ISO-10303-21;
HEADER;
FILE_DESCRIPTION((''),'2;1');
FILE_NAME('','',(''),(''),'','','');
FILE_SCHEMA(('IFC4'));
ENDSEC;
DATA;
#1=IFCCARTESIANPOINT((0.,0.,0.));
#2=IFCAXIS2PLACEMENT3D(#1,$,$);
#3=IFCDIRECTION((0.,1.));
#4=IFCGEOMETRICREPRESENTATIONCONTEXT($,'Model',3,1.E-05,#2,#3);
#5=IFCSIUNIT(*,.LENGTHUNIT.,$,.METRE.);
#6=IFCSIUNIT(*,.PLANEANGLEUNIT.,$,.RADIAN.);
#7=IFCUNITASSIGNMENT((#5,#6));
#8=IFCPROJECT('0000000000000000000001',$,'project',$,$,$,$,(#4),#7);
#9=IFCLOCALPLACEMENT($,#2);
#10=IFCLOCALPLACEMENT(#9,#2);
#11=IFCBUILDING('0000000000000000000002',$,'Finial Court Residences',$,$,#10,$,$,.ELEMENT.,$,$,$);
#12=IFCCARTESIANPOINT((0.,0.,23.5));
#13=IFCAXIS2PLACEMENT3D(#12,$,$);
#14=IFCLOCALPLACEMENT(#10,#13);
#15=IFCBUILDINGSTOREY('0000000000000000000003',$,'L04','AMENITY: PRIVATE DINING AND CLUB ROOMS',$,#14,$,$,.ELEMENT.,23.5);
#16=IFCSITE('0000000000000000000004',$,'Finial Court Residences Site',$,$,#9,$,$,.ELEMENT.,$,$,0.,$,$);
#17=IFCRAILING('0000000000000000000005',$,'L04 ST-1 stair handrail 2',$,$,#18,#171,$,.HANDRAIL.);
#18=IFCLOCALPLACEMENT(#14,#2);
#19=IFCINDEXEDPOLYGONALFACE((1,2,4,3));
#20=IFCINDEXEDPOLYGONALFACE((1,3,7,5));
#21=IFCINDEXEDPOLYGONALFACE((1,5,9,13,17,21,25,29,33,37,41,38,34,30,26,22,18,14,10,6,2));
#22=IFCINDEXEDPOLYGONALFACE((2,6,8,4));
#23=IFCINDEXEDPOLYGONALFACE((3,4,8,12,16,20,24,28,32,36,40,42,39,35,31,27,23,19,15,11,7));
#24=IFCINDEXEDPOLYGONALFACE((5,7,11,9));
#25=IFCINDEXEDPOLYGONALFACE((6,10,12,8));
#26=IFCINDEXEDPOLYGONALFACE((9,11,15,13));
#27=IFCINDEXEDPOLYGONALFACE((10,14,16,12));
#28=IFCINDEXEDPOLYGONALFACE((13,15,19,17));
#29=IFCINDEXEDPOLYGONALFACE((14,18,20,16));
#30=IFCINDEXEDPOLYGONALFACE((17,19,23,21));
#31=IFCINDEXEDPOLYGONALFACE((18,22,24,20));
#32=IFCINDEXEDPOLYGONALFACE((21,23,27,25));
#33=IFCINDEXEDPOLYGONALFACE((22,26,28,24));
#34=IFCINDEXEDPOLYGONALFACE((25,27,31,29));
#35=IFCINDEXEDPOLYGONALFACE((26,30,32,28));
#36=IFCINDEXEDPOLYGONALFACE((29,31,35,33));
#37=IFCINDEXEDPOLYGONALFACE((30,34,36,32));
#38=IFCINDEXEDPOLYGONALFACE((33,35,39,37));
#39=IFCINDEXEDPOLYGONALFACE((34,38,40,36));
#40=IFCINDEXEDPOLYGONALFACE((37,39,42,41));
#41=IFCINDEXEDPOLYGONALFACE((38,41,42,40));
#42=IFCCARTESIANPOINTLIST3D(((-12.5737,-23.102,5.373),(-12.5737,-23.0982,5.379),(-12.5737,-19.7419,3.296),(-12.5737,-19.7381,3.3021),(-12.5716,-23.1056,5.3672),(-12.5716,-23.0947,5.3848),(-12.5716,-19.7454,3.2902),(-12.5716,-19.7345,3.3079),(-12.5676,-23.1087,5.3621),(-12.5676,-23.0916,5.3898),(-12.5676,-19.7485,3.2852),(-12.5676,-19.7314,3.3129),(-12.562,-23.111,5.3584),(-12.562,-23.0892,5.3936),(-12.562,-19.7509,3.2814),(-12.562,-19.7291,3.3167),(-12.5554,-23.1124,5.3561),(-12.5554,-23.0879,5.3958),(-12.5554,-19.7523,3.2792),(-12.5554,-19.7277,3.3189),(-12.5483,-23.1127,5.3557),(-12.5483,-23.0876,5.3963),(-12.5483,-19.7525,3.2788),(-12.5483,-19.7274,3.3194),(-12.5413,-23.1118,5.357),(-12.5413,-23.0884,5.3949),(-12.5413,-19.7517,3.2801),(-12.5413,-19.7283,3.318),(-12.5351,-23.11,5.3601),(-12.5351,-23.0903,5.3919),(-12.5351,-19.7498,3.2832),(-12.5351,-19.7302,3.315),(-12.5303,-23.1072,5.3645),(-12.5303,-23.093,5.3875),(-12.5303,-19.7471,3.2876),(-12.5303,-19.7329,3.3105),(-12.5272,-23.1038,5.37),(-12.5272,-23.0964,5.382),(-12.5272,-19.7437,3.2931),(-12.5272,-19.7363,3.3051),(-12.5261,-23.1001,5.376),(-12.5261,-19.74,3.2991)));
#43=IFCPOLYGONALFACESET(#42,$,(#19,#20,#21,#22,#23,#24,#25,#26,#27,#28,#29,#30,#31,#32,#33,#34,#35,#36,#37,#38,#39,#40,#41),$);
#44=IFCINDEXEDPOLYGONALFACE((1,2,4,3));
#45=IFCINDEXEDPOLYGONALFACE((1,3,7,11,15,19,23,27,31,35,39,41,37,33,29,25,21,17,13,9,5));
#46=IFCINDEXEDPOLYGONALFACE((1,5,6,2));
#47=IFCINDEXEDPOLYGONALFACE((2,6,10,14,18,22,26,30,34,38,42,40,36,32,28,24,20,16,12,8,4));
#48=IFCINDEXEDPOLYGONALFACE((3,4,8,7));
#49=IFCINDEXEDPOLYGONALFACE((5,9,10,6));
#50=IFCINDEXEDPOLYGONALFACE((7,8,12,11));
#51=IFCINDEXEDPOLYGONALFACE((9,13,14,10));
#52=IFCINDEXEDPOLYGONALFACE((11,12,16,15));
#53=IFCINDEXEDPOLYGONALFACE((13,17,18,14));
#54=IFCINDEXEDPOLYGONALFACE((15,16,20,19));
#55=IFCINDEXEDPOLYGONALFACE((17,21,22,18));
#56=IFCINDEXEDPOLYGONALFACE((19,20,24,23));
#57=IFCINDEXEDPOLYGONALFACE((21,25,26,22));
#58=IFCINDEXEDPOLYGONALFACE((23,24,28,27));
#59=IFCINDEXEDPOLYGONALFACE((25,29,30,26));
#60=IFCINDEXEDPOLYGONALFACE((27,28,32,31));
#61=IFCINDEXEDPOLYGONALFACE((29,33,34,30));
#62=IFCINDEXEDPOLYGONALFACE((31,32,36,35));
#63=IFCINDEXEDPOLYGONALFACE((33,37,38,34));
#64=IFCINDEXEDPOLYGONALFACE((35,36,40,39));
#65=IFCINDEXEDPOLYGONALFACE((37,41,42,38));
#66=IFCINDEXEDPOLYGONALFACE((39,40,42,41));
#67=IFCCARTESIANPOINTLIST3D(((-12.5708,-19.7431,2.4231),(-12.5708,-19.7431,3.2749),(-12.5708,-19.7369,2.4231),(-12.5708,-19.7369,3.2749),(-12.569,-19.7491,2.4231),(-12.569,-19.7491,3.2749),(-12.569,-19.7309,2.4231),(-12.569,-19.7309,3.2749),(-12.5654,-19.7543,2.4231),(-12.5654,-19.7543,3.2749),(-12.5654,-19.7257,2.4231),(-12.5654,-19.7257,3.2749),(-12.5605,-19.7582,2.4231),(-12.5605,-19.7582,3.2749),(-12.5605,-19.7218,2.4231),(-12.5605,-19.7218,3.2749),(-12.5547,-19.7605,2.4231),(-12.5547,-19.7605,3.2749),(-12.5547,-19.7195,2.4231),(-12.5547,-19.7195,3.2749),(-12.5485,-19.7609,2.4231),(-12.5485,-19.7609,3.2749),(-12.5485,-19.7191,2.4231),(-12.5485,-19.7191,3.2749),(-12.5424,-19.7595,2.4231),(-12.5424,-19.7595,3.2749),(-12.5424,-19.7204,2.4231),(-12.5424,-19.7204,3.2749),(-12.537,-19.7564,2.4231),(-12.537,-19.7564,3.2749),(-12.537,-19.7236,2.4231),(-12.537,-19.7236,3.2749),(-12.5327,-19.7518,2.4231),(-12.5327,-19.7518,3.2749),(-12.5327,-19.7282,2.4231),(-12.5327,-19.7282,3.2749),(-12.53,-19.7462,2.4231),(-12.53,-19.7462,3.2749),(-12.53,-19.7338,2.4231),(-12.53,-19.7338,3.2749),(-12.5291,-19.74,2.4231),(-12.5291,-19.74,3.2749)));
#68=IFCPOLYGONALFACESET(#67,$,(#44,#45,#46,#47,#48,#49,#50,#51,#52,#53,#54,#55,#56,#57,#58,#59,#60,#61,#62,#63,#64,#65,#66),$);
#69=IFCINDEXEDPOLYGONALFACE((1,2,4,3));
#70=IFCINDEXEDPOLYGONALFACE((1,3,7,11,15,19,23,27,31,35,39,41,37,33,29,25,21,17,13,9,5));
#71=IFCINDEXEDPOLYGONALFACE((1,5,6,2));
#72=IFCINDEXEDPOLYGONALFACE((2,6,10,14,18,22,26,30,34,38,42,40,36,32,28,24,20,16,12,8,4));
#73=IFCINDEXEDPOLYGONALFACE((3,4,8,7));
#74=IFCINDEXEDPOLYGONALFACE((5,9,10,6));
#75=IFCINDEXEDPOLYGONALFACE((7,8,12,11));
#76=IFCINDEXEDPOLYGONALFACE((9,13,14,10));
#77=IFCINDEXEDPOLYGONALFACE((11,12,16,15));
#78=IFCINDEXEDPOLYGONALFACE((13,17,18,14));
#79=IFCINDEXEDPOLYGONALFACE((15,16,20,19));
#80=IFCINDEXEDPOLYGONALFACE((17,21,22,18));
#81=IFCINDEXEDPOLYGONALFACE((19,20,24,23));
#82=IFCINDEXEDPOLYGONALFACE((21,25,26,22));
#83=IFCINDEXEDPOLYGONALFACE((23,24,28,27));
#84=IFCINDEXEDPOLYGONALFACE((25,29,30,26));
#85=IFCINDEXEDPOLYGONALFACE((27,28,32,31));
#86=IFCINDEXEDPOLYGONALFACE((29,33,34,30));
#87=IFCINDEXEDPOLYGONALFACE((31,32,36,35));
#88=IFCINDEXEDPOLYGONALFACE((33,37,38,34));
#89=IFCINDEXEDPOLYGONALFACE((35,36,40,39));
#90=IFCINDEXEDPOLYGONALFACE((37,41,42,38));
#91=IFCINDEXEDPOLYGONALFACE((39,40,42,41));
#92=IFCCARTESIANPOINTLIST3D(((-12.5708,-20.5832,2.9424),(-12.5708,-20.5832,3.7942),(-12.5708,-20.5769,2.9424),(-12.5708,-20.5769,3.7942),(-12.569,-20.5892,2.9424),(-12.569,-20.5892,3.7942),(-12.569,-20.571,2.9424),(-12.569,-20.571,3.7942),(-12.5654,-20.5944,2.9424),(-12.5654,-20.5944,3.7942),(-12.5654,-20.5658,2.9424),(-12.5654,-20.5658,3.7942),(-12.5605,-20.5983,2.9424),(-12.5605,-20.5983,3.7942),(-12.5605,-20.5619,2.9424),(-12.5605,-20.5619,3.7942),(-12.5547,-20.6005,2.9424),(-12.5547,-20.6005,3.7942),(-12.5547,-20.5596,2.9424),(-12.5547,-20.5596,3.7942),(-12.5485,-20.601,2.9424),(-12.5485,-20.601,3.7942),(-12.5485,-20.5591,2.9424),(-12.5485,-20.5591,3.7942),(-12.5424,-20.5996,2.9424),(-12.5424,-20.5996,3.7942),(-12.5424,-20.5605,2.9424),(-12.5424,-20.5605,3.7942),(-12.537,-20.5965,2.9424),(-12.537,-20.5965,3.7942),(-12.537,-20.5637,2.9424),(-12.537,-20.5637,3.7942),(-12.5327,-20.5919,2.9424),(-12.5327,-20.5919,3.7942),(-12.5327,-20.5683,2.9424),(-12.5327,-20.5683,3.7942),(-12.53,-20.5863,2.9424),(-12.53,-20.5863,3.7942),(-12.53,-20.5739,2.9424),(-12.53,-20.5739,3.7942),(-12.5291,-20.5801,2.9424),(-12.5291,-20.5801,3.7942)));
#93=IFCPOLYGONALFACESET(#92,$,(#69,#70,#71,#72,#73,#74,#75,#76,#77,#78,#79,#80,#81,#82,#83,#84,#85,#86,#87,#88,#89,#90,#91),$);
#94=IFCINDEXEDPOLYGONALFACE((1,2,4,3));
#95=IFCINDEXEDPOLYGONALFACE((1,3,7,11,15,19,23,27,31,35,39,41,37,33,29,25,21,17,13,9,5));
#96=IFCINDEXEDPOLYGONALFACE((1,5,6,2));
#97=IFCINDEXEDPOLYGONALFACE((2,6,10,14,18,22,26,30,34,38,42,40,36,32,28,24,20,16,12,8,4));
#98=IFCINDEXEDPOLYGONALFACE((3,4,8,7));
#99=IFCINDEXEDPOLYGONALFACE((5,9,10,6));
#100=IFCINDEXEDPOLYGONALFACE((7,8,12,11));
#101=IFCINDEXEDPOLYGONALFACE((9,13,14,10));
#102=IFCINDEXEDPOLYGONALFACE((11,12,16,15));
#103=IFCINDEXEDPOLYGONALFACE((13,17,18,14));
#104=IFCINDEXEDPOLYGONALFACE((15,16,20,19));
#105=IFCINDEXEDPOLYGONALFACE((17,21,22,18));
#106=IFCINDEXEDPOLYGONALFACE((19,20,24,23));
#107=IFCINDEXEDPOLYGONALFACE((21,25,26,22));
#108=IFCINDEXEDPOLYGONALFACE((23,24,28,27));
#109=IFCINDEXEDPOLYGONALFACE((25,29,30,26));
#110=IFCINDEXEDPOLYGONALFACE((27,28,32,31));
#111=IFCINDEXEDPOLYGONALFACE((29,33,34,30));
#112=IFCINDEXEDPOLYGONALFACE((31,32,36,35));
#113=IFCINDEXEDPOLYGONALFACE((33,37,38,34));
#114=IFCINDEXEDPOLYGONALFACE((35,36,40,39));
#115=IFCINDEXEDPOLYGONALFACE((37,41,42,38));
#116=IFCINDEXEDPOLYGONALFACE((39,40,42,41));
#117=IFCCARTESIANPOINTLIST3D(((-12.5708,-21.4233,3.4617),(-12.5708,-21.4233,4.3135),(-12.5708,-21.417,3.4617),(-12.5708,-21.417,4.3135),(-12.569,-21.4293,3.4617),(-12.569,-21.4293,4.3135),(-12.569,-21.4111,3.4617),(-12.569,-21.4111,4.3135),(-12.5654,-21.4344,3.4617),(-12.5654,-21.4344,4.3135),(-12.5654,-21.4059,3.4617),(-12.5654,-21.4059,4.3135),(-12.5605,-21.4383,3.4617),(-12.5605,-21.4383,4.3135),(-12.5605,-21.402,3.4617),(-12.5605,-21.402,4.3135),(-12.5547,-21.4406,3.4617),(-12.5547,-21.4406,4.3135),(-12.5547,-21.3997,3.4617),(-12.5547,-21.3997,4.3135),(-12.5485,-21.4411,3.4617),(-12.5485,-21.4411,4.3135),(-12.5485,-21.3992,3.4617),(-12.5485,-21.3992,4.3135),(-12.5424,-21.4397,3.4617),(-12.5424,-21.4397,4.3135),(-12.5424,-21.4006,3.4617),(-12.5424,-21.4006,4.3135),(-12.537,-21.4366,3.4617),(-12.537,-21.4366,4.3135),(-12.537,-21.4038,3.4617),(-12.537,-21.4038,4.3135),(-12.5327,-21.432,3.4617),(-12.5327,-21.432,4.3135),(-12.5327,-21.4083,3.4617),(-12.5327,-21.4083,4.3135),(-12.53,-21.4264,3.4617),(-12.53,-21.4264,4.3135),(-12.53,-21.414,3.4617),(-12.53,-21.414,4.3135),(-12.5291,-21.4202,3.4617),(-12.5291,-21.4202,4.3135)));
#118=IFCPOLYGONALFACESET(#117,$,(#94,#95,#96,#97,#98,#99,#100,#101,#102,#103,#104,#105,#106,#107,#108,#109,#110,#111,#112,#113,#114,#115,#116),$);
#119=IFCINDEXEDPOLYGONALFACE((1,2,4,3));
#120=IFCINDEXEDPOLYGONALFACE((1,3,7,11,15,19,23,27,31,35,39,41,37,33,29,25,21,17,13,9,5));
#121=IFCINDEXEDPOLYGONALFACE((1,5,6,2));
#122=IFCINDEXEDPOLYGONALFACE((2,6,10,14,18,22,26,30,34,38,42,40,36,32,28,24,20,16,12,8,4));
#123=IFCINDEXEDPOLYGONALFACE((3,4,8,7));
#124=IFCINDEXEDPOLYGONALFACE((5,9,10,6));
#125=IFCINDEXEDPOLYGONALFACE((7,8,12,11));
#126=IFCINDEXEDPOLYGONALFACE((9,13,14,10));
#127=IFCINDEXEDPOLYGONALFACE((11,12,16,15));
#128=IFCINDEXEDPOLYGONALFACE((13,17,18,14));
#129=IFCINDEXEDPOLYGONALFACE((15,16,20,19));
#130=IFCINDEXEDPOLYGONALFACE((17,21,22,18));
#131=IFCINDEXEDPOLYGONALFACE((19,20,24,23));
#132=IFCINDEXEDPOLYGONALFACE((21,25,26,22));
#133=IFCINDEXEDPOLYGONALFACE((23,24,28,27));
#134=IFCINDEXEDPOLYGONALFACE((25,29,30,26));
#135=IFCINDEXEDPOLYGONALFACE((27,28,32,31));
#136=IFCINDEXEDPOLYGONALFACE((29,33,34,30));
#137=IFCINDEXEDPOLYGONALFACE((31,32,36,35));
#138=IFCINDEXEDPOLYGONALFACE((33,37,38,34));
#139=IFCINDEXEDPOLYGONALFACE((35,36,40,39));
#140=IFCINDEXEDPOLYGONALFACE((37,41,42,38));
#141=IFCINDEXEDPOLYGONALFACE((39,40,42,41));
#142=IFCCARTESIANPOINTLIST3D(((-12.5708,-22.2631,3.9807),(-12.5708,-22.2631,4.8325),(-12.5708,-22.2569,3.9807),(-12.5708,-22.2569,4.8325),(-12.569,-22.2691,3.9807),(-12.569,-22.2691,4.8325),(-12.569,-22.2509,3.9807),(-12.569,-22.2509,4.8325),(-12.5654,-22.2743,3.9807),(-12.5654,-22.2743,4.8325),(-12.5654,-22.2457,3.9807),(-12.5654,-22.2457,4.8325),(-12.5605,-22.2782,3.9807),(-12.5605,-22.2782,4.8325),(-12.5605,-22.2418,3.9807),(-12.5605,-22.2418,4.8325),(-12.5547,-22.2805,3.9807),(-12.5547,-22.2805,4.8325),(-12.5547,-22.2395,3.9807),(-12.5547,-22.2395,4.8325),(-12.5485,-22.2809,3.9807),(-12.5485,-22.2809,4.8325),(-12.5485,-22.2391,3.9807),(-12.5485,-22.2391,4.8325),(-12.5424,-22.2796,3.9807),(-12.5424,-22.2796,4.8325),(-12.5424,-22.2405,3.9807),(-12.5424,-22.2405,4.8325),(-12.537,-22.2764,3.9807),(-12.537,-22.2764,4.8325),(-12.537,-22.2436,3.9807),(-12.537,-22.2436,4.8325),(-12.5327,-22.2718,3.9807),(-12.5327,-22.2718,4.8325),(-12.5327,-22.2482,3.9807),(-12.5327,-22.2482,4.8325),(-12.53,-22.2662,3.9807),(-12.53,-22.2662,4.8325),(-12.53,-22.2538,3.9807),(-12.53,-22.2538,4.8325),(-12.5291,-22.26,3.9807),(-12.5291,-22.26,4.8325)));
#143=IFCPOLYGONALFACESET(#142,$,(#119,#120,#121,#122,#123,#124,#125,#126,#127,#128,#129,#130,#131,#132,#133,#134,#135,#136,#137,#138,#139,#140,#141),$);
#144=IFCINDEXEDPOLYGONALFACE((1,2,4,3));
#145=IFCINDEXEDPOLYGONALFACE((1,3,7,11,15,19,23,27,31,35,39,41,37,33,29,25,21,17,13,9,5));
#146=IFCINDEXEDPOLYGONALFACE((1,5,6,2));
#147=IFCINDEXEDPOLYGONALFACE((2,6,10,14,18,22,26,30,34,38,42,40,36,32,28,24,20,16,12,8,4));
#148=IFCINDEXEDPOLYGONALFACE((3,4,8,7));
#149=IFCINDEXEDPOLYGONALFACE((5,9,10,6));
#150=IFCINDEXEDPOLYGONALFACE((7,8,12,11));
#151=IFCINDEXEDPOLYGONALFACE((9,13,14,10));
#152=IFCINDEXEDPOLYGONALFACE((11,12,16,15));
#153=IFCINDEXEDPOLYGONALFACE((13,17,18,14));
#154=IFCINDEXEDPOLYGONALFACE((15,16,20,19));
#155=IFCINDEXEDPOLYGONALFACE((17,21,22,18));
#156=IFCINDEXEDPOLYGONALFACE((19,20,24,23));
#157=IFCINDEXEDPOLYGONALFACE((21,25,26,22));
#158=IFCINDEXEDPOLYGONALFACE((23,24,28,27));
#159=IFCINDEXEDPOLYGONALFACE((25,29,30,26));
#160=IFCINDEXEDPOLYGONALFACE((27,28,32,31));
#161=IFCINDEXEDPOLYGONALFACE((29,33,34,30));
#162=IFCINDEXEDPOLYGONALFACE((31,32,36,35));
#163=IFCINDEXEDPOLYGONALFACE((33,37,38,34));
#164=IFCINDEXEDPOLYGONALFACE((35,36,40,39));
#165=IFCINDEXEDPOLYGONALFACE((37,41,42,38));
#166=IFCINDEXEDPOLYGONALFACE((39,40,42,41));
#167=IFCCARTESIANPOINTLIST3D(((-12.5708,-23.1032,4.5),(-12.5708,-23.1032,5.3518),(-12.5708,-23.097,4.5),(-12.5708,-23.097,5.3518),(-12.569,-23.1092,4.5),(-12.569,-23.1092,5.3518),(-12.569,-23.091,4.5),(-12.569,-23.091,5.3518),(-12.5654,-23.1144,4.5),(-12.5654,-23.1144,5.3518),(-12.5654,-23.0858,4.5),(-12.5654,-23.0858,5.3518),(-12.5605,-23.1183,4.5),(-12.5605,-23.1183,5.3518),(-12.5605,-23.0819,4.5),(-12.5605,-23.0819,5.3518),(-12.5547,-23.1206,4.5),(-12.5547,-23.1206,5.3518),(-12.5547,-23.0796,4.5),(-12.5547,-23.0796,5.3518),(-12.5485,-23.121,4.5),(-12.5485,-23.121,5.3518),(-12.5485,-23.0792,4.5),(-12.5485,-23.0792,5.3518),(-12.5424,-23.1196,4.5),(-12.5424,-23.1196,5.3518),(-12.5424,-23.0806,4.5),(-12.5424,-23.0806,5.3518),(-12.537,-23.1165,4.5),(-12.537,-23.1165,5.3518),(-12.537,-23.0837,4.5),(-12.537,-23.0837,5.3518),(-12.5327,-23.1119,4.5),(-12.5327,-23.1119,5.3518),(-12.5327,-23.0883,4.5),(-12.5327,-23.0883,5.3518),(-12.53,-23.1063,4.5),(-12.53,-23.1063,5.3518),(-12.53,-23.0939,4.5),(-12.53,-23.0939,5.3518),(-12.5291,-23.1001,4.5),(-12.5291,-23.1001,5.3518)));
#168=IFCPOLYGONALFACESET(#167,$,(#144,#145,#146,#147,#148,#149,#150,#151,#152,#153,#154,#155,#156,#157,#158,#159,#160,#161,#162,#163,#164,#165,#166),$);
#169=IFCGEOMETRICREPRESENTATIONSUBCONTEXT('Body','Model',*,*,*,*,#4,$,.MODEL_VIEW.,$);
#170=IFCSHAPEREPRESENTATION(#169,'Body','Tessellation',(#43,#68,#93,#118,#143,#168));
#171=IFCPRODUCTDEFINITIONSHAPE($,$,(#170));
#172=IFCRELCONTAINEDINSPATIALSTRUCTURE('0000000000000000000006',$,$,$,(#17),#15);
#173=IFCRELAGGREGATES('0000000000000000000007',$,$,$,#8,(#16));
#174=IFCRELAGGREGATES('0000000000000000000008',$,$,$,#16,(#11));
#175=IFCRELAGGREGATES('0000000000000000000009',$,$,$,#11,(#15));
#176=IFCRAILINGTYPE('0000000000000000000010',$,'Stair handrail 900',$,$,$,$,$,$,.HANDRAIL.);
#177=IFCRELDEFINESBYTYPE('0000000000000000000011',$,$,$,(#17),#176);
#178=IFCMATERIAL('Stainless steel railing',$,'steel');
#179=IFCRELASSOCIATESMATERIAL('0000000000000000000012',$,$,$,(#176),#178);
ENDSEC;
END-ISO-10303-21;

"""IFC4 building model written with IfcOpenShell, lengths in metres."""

from ifc_helpers import new_model, si_unit, direction, frame, origin, origin_2d, place, context, subcontext, project, spatial, circle, extrude, material, type_object, element, save


model = new_model("IFC4")

# Units and contexts
model_context = context("Model", 3, precision=1e-05, world=origin(), true_north=direction((0.0, 1.0)))
body_context = subcontext(model_context, "Body", "Model", "MODEL_VIEW")
ifc_project = project(units=[si_unit("LENGTHUNIT", "METRE"), si_unit("PLANEANGLEUNIT", "RADIAN")], contexts=[model_context])

# Site, building, storey
site_placement = place(None, origin())
site = spatial("IfcSite", under=ifc_project, at=site_placement, Name="Finial Court Residences Site", CompositionType="ELEMENT", RefElevation=0.0)
building_placement = place(site_placement, origin())
building = spatial("IfcBuilding", under=site, at=building_placement, Name="Finial Court Residences", CompositionType="ELEMENT")
storey_placement = place(building_placement, frame((0.0, 0.0, 23.5)))
storey = spatial("IfcBuildingStorey", under=building, at=storey_placement, Name="L04", Description="AMENITY: PRIVATE DINING AND CLUB ROOMS", CompositionType="ELEMENT", Elevation=23.5)

# Railing
ifc_material_1 = material(Name="Stainless steel railing", Category="steel")
railing_type = type_object("IfcRailingType", Name="Stair handrail 900", PredefinedType="HANDRAIL", material=ifc_material_1)
railing_placement = place(storey_placement, frame((-12.55, -19.74, 2.4231)))
element("IfcRailing", 1, at=railing_placement, inside=storey, type_object=railing_type, Name="L04 ST-1 stair handrail 2", PredefinedType="HANDRAIL", context=body_context, shape_type="SweptSolid", body=[
    extrude(circle(Radius=0.0239, at=origin_2d()), frame((0.0, 0.0, 0.876), z_axis=(0.0, -0.850623, 0.525776), x_axis=(1.0, 0.0, 0.0)), (0.0, 0.0, 1.0), 3.9502),
    extrude(circle(Radius=0.021, at=origin_2d()), origin(), (0.0, 0.0, 1.0), 0.8518),
    extrude(circle(Radius=0.021, at=origin_2d()), frame((0.0, -0.8401, 0.5193)), (0.0, 0.0, 1.0), 0.8518),
    extrude(circle(Radius=0.021, at=origin_2d()), frame((0.0, -1.6802, 1.0386)), (0.0, 0.0, 1.0), 0.8518),
    extrude(circle(Radius=0.021, at=origin_2d()), frame((0.0, -2.52, 1.5576)), (0.0, 0.0, 1.0), 0.8518),
    extrude(circle(Radius=0.021, at=origin_2d()), frame((0.0, -3.3601, 2.0769)), (0.0, 0.0, 1.0), 0.8518),
])

save(model, "model.ifc")
